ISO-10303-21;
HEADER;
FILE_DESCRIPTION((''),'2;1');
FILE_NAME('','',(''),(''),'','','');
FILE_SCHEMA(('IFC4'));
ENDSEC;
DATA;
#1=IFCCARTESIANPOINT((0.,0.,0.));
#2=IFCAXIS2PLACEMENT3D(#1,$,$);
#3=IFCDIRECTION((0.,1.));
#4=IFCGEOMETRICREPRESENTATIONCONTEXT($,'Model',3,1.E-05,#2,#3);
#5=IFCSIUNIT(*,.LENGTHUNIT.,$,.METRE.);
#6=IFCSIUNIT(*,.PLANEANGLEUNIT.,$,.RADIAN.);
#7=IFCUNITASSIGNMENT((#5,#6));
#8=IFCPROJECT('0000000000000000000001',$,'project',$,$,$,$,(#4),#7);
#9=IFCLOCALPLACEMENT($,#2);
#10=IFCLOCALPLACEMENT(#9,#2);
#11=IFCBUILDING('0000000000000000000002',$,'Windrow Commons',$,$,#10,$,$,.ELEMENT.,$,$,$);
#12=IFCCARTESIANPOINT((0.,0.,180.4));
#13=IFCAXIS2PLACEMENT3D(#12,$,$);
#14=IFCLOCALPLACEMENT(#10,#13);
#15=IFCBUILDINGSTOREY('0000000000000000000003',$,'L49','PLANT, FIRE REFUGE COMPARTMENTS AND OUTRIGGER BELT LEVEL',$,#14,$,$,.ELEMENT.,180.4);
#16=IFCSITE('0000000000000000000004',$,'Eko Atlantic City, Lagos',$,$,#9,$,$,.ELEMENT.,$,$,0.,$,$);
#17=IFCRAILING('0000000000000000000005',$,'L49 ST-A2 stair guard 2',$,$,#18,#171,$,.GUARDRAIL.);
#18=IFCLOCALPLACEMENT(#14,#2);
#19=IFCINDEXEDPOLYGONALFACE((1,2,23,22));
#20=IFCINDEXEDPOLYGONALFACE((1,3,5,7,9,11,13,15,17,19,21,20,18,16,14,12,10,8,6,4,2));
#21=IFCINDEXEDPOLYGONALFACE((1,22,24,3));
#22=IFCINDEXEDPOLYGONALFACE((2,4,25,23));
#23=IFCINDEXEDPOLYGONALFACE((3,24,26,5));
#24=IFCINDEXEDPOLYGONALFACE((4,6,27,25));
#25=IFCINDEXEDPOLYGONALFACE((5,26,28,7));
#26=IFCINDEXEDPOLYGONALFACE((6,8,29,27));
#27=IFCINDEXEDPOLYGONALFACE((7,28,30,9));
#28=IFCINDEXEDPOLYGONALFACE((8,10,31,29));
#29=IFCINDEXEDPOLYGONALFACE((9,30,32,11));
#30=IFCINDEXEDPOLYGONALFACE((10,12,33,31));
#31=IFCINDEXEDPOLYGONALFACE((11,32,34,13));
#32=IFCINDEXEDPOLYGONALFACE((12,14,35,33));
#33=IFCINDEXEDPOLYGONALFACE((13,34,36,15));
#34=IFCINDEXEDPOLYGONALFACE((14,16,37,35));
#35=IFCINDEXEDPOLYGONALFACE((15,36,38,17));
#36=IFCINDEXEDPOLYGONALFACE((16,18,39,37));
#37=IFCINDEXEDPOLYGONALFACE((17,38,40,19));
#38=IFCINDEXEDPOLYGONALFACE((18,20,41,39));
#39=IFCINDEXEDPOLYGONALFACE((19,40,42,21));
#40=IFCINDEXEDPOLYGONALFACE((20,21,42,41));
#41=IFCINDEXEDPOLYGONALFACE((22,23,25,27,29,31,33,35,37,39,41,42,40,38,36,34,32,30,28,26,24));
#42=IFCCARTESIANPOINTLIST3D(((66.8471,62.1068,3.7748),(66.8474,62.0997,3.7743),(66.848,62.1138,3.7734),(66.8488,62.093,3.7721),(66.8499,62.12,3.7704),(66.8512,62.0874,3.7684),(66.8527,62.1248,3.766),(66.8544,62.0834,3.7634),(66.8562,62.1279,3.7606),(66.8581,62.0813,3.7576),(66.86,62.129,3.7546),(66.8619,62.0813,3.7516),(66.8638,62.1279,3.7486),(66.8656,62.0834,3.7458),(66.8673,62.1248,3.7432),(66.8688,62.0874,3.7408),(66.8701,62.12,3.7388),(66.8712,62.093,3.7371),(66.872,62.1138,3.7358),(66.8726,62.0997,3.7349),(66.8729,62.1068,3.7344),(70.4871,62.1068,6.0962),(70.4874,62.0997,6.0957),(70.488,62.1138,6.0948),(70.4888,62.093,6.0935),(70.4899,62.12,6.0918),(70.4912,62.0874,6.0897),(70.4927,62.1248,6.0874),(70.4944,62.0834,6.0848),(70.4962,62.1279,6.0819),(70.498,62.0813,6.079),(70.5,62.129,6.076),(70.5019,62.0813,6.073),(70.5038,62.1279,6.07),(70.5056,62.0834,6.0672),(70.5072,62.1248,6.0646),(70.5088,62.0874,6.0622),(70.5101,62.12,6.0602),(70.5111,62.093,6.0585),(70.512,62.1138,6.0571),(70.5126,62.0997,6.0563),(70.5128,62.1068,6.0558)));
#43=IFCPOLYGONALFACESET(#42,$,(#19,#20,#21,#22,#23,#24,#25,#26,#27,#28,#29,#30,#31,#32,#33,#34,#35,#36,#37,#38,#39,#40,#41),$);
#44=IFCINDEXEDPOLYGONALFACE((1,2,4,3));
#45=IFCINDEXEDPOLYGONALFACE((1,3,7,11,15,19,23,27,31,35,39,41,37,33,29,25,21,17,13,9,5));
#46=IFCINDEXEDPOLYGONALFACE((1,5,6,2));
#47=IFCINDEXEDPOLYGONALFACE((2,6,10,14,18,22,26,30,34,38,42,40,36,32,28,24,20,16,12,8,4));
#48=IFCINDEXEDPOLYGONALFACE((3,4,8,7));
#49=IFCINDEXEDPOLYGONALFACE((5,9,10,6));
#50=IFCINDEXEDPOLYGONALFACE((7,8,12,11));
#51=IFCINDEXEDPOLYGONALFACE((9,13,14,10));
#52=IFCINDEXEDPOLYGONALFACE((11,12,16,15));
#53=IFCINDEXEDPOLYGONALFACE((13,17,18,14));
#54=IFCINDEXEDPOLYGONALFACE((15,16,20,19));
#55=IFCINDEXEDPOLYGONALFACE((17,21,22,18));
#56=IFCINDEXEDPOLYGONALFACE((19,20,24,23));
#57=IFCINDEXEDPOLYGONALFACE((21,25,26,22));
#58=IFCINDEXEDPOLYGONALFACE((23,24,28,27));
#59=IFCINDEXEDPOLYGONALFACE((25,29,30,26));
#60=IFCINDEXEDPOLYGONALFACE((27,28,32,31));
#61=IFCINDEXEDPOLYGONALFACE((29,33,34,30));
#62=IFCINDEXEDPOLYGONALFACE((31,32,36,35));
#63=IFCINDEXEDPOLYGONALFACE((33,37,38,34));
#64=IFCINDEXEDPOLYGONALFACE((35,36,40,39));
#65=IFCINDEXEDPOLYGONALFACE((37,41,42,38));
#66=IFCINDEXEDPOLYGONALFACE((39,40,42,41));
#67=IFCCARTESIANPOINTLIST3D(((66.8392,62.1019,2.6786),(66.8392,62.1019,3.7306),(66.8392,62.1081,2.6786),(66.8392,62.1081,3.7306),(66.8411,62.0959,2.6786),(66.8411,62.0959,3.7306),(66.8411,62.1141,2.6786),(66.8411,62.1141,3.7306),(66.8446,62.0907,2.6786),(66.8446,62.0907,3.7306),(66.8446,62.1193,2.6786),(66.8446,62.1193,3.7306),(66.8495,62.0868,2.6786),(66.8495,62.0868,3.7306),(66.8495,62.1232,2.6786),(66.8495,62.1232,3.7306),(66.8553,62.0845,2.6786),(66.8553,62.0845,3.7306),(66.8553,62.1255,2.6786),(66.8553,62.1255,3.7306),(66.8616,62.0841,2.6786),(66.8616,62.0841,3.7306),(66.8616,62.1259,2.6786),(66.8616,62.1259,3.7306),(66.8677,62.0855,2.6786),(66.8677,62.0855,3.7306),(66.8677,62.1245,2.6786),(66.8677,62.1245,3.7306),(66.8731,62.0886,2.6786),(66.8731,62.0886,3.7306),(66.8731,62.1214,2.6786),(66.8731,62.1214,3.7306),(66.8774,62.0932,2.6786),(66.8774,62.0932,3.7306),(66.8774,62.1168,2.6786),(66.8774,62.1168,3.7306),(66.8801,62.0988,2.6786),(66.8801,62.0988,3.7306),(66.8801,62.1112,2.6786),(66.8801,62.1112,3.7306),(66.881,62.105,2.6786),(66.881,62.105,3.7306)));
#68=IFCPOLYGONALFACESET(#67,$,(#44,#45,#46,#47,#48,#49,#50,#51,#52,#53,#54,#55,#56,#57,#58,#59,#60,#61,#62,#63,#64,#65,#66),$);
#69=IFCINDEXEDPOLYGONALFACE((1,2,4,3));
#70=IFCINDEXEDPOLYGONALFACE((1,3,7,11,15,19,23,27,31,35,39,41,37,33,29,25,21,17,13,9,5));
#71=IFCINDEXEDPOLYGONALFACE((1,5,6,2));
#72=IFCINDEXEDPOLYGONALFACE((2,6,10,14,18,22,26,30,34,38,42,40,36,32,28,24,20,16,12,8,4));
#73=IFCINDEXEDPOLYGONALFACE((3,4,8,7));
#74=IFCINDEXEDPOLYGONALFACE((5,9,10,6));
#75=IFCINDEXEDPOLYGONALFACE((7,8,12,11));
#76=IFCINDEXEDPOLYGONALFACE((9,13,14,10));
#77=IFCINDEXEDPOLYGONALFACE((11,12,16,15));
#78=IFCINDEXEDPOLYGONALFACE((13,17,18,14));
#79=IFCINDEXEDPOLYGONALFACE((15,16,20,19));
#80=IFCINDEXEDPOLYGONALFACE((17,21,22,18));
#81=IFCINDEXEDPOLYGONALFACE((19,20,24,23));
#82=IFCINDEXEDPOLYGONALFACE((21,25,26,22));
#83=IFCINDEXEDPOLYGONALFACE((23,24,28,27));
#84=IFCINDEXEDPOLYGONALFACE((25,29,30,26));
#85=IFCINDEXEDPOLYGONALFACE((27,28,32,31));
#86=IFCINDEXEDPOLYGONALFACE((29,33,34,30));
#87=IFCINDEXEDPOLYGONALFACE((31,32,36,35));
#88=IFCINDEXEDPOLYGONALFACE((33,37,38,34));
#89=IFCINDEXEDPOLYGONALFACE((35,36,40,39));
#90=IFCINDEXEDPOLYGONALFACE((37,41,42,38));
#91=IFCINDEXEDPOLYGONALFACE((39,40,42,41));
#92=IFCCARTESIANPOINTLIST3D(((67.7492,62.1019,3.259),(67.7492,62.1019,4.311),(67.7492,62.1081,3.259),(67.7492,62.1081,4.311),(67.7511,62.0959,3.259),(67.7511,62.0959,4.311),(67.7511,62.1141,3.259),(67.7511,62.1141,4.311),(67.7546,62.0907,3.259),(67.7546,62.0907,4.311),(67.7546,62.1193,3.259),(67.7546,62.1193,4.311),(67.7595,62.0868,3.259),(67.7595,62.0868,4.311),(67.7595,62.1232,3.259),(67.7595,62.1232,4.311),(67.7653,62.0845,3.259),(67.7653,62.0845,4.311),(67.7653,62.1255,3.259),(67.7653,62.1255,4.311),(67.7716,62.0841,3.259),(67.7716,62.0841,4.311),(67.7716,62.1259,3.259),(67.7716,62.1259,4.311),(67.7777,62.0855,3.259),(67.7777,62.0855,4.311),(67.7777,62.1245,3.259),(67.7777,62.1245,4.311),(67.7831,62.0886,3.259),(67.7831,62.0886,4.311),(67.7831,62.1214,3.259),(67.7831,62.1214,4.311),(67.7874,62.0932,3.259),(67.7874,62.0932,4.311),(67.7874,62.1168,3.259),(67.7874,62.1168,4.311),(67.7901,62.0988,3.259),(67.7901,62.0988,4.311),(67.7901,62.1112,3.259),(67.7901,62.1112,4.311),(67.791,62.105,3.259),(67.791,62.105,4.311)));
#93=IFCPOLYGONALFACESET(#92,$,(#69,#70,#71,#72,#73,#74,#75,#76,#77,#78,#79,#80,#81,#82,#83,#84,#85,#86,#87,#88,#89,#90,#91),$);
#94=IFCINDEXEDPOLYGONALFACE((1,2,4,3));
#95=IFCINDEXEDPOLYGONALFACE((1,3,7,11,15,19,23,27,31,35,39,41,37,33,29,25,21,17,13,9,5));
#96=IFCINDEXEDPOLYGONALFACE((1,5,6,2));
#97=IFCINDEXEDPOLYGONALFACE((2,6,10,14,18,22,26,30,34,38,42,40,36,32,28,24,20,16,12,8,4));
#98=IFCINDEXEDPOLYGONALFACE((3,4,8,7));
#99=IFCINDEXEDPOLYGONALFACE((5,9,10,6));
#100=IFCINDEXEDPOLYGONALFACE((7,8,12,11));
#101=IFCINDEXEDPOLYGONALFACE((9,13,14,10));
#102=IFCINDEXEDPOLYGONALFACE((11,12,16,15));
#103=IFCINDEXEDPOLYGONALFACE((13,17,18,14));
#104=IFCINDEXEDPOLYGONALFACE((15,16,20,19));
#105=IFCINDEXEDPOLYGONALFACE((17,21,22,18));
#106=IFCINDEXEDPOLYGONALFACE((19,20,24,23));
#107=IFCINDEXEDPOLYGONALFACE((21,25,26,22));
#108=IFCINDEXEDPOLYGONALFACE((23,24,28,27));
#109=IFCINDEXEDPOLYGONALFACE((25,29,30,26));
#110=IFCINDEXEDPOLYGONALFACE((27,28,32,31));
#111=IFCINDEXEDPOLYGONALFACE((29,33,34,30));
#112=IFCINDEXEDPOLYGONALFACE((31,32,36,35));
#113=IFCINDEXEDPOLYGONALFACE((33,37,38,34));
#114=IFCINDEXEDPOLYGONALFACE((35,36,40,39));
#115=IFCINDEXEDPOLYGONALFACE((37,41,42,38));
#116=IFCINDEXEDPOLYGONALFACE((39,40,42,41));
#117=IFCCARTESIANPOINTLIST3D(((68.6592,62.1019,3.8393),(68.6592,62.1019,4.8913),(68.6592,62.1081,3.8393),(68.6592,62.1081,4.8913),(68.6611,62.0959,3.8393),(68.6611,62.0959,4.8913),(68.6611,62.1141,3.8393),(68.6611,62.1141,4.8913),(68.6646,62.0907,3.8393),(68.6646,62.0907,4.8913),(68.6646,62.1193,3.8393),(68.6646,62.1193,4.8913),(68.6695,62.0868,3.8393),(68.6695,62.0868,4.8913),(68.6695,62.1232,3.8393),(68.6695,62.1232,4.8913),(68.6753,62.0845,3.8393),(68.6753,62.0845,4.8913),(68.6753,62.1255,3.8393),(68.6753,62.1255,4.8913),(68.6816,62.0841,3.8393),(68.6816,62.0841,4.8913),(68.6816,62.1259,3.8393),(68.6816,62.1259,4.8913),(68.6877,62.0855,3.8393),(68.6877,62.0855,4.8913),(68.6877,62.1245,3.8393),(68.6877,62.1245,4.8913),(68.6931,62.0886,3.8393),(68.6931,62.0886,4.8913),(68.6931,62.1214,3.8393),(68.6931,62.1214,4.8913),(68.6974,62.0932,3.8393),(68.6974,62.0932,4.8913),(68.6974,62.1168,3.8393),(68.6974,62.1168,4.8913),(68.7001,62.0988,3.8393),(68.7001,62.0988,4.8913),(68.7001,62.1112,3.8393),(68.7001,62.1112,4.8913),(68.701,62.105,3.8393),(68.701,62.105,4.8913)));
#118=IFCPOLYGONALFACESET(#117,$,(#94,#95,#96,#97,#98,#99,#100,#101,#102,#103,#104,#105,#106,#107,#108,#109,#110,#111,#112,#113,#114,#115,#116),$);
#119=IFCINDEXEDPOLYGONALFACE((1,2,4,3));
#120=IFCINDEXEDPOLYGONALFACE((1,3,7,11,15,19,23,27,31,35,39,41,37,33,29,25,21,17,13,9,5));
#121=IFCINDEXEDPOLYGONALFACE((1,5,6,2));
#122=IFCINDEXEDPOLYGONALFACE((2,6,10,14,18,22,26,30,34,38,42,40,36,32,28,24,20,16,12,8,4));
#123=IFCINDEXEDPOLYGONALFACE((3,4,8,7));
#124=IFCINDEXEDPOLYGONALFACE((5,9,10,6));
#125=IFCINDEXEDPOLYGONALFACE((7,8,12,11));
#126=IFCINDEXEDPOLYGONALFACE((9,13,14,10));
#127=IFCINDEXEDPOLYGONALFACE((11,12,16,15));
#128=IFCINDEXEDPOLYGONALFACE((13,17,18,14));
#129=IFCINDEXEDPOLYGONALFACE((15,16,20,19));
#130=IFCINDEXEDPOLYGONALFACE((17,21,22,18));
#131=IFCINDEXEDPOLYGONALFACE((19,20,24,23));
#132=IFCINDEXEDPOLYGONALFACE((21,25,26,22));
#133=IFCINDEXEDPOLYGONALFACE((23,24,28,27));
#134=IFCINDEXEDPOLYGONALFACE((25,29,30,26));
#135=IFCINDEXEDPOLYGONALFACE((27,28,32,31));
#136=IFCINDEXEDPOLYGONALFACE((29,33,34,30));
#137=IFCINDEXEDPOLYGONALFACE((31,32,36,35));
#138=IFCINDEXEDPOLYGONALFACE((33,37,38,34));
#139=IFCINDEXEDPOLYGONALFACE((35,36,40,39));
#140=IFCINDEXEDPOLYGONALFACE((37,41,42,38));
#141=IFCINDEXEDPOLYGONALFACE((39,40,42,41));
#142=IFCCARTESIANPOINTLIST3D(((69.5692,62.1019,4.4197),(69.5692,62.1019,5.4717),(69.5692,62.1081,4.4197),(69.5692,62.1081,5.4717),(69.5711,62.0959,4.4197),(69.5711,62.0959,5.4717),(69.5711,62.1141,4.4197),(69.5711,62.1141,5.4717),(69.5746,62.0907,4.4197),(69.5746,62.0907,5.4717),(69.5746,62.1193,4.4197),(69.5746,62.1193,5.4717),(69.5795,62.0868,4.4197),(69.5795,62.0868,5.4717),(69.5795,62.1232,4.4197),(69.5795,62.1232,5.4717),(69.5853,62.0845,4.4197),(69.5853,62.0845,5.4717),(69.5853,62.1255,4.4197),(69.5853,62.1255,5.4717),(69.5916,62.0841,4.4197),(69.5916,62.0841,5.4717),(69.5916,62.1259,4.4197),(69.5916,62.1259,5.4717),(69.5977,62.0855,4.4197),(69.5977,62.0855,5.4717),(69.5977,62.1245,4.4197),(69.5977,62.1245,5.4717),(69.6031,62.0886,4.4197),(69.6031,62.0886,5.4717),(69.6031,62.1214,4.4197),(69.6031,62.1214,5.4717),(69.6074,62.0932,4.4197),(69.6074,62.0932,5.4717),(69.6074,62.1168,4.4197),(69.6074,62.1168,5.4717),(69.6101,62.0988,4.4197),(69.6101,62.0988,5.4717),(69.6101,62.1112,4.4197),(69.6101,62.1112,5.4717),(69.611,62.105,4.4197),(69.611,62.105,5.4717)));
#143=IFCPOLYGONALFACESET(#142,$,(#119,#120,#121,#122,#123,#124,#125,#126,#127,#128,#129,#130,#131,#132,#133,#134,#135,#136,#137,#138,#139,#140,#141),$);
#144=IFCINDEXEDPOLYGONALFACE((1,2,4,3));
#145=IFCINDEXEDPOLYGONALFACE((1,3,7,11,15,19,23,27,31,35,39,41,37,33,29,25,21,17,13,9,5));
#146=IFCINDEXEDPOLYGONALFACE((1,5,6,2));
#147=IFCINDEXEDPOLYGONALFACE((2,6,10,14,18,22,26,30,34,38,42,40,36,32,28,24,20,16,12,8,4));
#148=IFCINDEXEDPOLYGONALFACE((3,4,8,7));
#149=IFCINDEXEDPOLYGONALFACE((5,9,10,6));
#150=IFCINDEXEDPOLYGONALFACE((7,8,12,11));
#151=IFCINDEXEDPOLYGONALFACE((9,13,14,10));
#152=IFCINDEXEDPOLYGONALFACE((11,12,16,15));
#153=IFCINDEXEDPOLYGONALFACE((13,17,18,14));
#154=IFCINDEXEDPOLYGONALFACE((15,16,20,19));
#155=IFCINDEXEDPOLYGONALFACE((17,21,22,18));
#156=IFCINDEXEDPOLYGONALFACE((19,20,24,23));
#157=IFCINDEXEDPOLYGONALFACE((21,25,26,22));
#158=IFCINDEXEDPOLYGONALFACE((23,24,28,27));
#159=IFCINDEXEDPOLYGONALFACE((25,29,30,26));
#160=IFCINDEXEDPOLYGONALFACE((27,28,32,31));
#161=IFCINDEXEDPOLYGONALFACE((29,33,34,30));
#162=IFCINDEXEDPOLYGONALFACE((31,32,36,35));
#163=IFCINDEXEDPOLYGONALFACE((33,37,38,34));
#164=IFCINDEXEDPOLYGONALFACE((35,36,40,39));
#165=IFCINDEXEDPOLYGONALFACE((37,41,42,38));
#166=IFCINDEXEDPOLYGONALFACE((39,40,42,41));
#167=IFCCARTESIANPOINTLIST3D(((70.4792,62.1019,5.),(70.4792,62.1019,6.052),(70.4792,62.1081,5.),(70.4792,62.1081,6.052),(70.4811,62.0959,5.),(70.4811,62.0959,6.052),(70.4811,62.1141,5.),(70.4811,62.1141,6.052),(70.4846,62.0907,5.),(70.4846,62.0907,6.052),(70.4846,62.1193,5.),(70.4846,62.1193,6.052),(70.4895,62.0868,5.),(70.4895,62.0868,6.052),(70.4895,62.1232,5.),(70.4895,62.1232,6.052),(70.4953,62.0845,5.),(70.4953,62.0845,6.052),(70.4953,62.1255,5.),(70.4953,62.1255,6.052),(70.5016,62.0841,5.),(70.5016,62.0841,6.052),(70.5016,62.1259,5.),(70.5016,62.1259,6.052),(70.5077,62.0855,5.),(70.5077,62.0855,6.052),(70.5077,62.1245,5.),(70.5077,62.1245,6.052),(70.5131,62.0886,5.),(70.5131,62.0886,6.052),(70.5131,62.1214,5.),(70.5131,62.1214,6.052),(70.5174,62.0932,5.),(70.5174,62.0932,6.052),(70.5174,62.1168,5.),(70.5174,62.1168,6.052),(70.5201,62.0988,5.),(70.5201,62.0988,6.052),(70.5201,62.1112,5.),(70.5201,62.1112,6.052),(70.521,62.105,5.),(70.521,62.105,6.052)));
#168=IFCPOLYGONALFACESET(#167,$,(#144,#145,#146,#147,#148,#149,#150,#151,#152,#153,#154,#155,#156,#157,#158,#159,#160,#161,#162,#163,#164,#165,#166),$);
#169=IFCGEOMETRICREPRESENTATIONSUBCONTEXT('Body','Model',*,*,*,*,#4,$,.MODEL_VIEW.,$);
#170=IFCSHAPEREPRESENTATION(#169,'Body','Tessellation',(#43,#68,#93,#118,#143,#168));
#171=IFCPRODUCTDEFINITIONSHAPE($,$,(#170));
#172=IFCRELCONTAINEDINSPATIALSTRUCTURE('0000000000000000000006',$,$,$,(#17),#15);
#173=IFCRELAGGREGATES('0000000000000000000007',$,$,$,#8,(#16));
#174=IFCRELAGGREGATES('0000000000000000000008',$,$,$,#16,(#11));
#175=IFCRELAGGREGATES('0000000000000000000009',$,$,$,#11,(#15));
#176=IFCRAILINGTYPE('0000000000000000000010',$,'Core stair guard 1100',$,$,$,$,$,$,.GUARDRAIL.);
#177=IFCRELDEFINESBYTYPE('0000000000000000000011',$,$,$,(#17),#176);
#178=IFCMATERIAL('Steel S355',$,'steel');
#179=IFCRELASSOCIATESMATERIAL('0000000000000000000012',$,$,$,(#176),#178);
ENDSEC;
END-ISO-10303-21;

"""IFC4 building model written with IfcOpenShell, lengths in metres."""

from ifc_helpers import new_model, si_unit, direction, frame, origin, origin_2d, place, context, subcontext, project, spatial, circle, extrude, material, type_object, element, save


model = new_model("IFC4")

# Units and contexts
model_context = context("Model", 3, precision=1e-05, world=origin(), true_north=direction((0.0, 1.0)))
body_context = subcontext(model_context, "Body", "Model", "MODEL_VIEW")
ifc_project = project(units=[si_unit("LENGTHUNIT", "METRE"), si_unit("PLANEANGLEUNIT", "RADIAN")], contexts=[model_context])

# Site, building, storey
site_placement = place(None, origin())
site = spatial("IfcSite", under=ifc_project, at=site_placement, Name="Eko Atlantic City, Lagos", CompositionType="ELEMENT", RefElevation=0.0)
building_placement = place(site_placement, origin())
building = spatial("IfcBuilding", under=site, at=building_placement, Name="Windrow Commons", CompositionType="ELEMENT")
storey_placement = place(building_placement, frame((0.0, 0.0, 180.4)))
storey = spatial("IfcBuildingStorey", under=building, at=storey_placement, Name="L49", Description="PLANT, FIRE REFUGE COMPARTMENTS AND OUTRIGGER BELT LEVEL", CompositionType="ELEMENT", Elevation=180.4)

# Railing
ifc_material_1 = material(Name="Steel S355", Category="steel")
railing_type_1 = type_object("IfcRailingType", Name="Core stair guard 1100", PredefinedType="GUARDRAIL", material=ifc_material_1)
railing_1_placement = place(storey_placement, frame((66.86, 62.105, 2.6786)))
element("IfcRailing", 1, at=railing_1_placement, inside=storey, type_object=railing_type_1, Name="L49 ST-A2 stair guard 2", PredefinedType="GUARDRAIL", context=body_context, shape_type="SweptSolid", body=[
    extrude(circle(Radius=0.024, at=origin_2d()), frame((0.0, 0.0, 1.076), z_axis=(0.843133, 0.0, 0.537706), x_axis=(0.0, 1.0, 0.0)), (0.0, 0.0, 1.0), 4.3172),
    extrude(circle(Radius=0.021, at=origin_2d()), origin(), (0.0, 0.0, 1.0), 1.052),
    extrude(circle(Radius=0.021, at=origin_2d()), frame((0.91, 0.0, 0.5804)), (0.0, 0.0, 1.0), 1.052),
    extrude(circle(Radius=0.021, at=origin_2d()), frame((1.82, 0.0, 1.1607)), (0.0, 0.0, 1.0), 1.052),
    extrude(circle(Radius=0.021, at=origin_2d()), frame((2.73, 0.0, 1.7411)), (0.0, 0.0, 1.0), 1.052),
    extrude(circle(Radius=0.021, at=origin_2d()), frame((3.64, 0.0, 2.3214)), (0.0, 0.0, 1.0), 1.052),
])

save(model, "model.ifc")
